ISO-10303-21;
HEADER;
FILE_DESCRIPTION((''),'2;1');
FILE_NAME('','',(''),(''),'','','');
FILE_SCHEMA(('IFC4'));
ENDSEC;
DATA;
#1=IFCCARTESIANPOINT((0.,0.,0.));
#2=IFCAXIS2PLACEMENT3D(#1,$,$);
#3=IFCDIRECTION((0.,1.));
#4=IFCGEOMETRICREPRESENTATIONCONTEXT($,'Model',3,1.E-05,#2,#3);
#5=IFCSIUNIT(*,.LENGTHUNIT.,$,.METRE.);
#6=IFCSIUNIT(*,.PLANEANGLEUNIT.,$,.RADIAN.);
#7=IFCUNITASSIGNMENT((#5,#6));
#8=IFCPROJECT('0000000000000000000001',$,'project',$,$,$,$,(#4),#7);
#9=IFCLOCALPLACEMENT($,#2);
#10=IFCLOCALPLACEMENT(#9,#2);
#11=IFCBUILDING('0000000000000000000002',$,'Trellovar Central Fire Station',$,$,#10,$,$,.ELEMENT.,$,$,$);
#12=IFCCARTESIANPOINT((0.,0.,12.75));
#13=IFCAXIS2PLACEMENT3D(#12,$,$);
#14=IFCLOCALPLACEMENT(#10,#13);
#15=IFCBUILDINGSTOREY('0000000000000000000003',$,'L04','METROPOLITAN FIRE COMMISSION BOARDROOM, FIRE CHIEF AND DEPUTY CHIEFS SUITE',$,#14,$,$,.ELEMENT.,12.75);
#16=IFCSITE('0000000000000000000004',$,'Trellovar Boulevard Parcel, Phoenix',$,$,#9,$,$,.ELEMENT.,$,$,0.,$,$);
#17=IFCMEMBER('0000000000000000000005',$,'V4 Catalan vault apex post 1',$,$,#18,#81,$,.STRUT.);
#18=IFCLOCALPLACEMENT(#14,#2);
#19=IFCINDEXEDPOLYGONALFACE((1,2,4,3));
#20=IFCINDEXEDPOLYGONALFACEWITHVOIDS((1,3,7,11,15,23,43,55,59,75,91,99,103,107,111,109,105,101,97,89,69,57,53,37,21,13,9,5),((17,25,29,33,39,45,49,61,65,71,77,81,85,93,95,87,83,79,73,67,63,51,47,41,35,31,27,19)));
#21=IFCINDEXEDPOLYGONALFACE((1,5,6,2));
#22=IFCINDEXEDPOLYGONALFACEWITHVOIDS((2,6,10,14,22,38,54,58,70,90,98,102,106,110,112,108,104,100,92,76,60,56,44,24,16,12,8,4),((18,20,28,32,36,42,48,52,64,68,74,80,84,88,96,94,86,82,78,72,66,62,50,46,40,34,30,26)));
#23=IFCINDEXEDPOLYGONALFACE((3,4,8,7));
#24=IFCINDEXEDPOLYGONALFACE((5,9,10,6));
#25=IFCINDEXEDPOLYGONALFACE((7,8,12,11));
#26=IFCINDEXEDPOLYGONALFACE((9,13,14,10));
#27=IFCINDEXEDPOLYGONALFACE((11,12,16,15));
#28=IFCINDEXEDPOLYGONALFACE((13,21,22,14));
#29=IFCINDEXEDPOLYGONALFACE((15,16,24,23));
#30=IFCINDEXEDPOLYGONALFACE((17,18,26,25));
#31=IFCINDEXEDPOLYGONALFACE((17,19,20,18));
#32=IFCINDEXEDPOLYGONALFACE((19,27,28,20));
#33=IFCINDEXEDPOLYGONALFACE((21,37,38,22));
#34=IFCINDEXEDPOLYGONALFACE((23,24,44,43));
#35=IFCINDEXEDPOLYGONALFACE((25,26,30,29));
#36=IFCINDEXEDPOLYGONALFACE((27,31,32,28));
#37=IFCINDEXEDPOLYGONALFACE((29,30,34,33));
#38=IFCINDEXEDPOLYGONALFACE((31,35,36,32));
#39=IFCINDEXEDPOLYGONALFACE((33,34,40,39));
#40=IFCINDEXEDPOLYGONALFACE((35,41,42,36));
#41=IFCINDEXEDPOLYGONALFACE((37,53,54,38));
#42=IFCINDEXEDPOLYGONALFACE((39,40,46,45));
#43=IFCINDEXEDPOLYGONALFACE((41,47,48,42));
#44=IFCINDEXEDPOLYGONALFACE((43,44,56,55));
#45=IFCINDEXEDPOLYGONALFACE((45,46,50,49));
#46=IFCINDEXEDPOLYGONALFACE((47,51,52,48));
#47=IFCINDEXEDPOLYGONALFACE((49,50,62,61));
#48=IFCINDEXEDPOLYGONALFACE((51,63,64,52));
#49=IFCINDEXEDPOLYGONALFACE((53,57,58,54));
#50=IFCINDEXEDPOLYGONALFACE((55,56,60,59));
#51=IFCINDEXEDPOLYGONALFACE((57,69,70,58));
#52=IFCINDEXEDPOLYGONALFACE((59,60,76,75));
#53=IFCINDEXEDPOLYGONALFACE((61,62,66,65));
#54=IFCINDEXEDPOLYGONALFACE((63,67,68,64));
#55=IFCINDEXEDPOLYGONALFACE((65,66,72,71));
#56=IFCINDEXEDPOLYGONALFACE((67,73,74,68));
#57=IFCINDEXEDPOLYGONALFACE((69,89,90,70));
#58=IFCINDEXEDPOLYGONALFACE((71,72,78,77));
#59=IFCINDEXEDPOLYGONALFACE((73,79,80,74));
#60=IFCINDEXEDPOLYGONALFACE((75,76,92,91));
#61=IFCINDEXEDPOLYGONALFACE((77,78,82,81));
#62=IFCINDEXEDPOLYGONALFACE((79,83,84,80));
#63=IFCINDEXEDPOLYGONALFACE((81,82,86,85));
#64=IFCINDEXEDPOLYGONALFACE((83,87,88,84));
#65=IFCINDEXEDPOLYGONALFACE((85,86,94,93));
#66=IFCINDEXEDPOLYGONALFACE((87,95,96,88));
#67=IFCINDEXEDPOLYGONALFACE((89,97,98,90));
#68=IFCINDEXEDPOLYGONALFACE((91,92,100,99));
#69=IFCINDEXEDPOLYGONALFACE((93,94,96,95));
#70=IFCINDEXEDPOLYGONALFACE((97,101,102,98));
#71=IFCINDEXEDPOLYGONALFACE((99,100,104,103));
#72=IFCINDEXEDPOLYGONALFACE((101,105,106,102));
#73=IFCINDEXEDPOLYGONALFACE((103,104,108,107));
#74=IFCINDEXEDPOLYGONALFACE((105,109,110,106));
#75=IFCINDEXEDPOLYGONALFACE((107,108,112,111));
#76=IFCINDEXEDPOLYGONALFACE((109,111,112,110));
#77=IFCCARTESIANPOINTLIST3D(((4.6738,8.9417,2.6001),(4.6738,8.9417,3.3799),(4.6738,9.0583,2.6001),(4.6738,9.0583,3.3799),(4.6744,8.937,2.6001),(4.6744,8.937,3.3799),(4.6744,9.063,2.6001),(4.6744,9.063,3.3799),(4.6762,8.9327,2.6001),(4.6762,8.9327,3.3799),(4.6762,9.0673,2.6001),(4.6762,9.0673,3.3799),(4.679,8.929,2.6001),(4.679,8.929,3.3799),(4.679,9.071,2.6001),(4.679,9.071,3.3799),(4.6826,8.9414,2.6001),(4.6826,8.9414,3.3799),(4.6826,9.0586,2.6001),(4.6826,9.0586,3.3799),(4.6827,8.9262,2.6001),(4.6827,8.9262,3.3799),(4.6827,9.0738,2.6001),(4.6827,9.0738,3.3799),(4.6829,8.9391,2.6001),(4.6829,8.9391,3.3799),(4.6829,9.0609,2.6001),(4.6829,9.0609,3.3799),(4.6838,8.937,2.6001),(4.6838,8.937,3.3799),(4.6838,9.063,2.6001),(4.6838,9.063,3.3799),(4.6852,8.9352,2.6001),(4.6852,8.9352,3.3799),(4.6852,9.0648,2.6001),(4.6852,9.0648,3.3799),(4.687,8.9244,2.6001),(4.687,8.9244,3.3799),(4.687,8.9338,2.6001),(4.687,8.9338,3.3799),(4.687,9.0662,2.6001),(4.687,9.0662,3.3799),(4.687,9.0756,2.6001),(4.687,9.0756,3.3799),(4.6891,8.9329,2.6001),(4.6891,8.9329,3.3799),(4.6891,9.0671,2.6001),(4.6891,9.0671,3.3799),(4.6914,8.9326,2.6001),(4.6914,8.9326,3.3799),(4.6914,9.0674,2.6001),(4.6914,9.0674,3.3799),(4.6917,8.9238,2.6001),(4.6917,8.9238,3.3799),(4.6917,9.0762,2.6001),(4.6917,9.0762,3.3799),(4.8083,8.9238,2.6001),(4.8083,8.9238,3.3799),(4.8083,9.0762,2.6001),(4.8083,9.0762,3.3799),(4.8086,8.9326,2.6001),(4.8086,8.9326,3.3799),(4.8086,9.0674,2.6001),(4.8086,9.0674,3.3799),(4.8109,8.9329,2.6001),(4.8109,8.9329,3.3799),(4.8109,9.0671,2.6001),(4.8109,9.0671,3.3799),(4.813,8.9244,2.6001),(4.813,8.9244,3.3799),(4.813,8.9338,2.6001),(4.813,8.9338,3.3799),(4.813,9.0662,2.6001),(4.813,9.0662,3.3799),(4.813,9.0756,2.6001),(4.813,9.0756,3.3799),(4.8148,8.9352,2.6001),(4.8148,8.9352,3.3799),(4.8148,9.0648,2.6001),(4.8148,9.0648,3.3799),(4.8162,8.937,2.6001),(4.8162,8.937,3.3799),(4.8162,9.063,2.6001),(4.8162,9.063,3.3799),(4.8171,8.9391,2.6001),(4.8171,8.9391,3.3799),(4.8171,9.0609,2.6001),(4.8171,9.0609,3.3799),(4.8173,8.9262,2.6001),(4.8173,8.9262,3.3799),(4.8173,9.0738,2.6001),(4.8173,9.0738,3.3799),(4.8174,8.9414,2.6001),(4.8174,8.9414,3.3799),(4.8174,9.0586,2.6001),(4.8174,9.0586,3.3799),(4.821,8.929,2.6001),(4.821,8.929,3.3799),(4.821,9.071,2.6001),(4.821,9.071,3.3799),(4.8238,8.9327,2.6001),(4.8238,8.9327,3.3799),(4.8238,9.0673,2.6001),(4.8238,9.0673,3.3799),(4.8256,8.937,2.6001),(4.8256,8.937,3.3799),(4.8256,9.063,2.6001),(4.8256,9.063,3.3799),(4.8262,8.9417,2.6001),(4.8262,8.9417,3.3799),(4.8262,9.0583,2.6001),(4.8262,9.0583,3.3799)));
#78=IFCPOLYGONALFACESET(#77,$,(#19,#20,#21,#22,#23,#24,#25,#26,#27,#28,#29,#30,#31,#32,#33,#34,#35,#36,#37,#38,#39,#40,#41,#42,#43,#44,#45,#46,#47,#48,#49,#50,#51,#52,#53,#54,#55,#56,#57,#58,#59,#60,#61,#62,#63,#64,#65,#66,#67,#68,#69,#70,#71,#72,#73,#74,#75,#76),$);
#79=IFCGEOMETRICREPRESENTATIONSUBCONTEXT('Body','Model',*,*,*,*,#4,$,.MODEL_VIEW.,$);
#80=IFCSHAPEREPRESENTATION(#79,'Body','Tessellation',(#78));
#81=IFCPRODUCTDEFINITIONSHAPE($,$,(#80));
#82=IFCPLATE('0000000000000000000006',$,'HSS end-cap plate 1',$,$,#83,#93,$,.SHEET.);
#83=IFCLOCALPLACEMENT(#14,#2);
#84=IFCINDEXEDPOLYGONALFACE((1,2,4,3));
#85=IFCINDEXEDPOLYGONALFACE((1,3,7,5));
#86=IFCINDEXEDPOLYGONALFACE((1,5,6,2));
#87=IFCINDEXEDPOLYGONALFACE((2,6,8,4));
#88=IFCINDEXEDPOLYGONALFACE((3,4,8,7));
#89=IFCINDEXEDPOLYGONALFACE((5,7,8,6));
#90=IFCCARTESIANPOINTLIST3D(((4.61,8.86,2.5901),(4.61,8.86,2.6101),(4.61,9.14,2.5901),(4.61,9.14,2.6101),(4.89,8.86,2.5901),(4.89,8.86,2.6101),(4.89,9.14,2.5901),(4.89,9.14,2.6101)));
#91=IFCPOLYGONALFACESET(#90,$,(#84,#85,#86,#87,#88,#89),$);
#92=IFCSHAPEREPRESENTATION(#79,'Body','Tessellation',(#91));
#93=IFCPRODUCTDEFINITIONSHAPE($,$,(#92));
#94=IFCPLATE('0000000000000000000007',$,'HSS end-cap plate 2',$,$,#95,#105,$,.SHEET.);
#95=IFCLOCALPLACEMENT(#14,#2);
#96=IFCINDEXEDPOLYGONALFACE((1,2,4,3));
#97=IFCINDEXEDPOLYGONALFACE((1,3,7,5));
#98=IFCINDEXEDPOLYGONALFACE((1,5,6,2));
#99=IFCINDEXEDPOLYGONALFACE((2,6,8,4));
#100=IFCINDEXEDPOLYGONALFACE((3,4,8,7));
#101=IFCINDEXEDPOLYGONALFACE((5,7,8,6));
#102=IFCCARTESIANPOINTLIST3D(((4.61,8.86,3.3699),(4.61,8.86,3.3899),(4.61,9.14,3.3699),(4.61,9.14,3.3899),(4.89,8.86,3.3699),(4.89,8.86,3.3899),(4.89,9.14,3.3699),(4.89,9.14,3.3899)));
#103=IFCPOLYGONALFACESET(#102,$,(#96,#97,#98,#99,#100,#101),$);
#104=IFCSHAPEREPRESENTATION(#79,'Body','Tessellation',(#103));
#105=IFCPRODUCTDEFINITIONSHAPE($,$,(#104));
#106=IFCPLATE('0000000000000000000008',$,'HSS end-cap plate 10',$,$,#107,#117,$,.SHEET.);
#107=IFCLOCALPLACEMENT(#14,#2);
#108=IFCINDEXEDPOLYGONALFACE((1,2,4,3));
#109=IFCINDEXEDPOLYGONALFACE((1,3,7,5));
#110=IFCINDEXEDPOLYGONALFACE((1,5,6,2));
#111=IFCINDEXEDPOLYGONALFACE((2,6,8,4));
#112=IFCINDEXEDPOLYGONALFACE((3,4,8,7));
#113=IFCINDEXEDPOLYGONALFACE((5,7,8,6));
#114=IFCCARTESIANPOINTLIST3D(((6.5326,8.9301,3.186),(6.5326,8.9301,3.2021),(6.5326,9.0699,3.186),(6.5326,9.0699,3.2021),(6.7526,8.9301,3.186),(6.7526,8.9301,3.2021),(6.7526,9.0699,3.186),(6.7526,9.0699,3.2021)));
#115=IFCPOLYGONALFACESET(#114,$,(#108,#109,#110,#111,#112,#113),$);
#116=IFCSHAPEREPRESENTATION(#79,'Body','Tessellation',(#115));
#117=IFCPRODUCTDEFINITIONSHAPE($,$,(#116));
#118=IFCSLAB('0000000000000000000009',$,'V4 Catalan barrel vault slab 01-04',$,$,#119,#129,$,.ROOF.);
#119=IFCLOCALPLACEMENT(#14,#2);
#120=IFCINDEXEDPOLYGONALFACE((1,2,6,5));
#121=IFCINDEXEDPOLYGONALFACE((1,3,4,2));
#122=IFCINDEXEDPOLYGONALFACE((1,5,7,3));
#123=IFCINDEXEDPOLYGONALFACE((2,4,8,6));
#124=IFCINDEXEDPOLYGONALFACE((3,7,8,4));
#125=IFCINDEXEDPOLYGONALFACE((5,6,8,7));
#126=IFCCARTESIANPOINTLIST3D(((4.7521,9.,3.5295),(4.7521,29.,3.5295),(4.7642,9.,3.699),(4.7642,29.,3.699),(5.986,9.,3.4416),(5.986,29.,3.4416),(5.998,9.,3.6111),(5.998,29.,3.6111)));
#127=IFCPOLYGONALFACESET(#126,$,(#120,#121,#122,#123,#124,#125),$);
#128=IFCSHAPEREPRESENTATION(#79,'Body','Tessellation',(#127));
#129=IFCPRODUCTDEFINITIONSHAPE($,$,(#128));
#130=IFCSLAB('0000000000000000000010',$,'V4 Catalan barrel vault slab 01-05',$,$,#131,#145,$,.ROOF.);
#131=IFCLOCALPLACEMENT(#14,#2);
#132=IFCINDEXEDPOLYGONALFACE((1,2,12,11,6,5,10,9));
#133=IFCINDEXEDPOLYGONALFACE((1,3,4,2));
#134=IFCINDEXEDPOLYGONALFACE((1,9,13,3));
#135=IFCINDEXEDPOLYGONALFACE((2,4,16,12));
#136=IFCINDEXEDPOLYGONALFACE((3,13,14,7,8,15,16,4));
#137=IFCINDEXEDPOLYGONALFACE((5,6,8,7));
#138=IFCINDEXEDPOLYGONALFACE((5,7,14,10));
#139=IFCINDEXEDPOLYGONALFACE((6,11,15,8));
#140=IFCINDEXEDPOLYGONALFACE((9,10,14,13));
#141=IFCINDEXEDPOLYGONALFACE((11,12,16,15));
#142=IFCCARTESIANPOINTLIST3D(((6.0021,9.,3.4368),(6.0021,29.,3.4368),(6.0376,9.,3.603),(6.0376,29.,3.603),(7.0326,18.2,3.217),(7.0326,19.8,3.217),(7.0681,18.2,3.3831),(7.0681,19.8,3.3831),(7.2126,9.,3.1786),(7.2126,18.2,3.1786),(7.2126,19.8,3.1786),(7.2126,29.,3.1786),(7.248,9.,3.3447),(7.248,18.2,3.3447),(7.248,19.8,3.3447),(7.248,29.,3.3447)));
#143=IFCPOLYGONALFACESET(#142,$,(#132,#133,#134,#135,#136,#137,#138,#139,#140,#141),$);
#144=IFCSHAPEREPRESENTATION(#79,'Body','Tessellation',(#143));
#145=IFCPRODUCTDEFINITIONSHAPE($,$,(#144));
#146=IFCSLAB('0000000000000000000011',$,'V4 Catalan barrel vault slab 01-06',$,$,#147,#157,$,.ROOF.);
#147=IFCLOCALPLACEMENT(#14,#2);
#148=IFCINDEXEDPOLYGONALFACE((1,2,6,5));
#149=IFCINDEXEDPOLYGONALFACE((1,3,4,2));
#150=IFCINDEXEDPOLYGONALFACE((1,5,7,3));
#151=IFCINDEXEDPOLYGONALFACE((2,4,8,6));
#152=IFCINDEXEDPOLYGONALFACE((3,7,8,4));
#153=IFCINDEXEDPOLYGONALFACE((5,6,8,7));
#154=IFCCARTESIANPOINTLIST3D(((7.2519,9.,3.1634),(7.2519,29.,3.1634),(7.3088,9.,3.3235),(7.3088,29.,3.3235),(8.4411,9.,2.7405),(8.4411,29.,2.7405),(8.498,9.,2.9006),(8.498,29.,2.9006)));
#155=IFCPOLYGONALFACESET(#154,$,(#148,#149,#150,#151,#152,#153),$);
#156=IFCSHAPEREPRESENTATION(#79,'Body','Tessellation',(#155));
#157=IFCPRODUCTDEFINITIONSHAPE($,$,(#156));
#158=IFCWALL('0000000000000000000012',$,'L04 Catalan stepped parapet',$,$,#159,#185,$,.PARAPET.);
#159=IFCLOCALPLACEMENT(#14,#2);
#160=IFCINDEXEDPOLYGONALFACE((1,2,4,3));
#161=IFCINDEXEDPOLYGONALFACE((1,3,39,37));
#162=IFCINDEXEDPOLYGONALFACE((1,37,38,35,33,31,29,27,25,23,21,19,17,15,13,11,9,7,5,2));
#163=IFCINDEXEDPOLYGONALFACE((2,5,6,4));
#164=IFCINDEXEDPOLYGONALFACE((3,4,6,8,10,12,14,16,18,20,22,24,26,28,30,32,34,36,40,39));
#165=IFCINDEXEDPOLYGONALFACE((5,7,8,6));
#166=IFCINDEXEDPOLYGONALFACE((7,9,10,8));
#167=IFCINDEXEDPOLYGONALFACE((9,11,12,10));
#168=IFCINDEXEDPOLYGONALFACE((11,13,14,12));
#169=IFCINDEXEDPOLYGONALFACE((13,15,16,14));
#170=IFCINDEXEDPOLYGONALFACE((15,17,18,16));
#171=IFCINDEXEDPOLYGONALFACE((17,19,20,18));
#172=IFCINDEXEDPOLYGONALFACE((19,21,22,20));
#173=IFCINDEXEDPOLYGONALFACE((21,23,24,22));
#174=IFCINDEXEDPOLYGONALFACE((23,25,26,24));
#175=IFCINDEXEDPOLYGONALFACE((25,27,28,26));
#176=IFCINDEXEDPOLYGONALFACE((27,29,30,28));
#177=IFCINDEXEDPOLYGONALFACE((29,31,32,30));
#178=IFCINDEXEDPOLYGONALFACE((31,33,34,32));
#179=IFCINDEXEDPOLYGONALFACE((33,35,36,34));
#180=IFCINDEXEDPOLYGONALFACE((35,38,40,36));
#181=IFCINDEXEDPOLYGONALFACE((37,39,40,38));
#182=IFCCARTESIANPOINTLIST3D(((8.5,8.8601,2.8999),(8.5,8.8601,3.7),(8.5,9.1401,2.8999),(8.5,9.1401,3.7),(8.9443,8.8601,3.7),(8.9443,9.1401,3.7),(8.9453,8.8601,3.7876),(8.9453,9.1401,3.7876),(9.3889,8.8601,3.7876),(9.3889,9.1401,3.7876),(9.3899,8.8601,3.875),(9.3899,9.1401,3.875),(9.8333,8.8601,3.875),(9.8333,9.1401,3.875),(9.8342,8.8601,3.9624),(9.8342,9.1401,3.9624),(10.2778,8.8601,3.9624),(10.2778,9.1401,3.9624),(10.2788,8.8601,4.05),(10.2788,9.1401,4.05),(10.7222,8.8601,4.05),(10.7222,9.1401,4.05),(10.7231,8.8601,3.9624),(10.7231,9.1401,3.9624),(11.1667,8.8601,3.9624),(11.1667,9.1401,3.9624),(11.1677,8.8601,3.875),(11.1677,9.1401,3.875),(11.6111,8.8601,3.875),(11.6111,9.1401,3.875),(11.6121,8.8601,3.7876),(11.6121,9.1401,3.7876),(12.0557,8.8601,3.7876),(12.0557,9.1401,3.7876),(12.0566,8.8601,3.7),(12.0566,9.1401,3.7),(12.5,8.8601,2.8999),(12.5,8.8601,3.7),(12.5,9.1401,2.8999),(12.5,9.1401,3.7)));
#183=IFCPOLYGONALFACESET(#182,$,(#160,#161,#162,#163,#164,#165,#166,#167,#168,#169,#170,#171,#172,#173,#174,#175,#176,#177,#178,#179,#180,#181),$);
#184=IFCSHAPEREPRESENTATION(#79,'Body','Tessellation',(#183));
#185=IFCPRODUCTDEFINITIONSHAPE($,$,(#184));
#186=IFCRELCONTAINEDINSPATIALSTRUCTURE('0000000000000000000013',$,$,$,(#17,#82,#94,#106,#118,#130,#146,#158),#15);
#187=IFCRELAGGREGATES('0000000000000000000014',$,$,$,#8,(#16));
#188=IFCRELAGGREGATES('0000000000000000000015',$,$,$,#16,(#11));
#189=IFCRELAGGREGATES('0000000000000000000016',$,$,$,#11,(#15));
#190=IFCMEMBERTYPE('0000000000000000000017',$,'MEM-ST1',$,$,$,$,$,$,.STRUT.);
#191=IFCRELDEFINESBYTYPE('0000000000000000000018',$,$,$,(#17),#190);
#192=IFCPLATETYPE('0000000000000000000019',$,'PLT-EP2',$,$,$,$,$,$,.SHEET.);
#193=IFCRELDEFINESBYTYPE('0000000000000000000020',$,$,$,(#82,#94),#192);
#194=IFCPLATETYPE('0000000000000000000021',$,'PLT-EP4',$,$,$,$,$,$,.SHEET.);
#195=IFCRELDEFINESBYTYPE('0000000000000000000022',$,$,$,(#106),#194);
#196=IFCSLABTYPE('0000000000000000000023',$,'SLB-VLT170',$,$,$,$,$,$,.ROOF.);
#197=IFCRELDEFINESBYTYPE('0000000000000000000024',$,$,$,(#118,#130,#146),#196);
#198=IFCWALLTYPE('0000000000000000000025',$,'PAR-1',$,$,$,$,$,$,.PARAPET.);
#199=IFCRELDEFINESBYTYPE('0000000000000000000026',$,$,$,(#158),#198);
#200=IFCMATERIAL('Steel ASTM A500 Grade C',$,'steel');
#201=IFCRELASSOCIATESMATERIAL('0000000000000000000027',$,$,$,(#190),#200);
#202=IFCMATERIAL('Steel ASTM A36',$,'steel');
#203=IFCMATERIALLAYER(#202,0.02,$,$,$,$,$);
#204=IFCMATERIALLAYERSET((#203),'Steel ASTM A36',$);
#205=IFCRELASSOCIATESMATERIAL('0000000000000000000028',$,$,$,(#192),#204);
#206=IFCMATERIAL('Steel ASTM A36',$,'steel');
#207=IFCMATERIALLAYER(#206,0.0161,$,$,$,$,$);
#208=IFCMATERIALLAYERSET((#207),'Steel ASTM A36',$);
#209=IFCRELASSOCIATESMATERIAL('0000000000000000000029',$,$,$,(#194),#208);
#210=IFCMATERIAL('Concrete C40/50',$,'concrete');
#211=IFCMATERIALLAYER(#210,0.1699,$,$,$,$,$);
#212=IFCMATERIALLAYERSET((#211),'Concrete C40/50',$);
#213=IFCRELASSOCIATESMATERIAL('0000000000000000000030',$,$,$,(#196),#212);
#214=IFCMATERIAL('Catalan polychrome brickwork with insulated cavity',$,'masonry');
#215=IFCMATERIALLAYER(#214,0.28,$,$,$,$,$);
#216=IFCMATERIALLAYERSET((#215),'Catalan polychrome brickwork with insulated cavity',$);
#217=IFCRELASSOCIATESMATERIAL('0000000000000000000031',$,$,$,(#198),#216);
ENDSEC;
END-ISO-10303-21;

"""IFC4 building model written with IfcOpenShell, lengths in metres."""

from ifc_helpers import new_model, si_unit, direction, frame, origin, origin_2d, place, context, subcontext, project, spatial, polyline, rectangle, hollow_rectangle, outline, extrude, material, layer, layer_set, material_profile, profile_set, type_object, element, save


model = new_model("IFC4")

# Units and contexts
model_context = context("Model", 3, precision=1e-05, world=origin(), true_north=direction((0.0, 1.0)))
body_context = subcontext(model_context, "Body", "Model", "MODEL_VIEW")
ifc_project = project(units=[si_unit("LENGTHUNIT", "METRE"), si_unit("PLANEANGLEUNIT", "RADIAN")], contexts=[model_context])

# Site, building, storey
site_placement = place(None, origin())
site = spatial("IfcSite", under=ifc_project, at=site_placement, Name="Trellovar Boulevard Parcel, Phoenix", CompositionType="ELEMENT", RefElevation=0.0)
building_placement = place(site_placement, origin())
building = spatial("IfcBuilding", under=site, at=building_placement, Name="Trellovar Central Fire Station", CompositionType="ELEMENT")
storey_placement = place(building_placement, frame((0.0, 0.0, 12.75)))
storey = spatial("IfcBuildingStorey", under=building, at=storey_placement, Name="L04", Description="METROPOLITAN FIRE COMMISSION BOARDROOM, FIRE CHIEF AND DEPUTY CHIEFS SUITE", CompositionType="ELEMENT", Elevation=12.75)

# Member
ifc_material_1 = material(Name="Steel ASTM A500 Grade C", Category="steel")
ifc_material_profile_1 = material_profile(ifc_material_1, hollow_rectangle(XDim=0.1523, YDim=0.1523, WallThickness=0.0088, InnerFilletRadius=0.0088, OuterFilletRadius=0.0178, at=origin_2d()), Name="HSS6X6X3/8")
ifc_profile_set_1 = profile_set([ifc_material_profile_1], Name="Steel ASTM A500 Grade C")
member_type_1 = type_object("IfcMemberType", Name="MEM-ST1", PredefinedType="STRUT", material=ifc_profile_set_1)
member_1_placement = place(storey_placement, frame((4.75, 9.0, 2.6001), z_axis=(0.0, 0.0, 1.0), x_axis=(1.0, 0.0, 0.0)))
element("IfcMember", 1, at=member_1_placement, inside=storey, type_object=member_type_1, Name="V4 Catalan vault apex post 1", PredefinedType="STRUT", context=body_context, shape_type="SweptSolid", body=[
    extrude(hollow_rectangle(XDim=0.1523, YDim=0.1523, WallThickness=0.0088, InnerFilletRadius=0.0088, OuterFilletRadius=0.0178, at=origin_2d()), origin(), (0.0, 0.0, 1.0), 0.7798),
])

# Plates
ifc_material_2 = material(Name="Steel ASTM A36", Category="steel")
ifc_layer_1 = layer(ifc_material_2, 0.02)
ifc_layer_set_1 = layer_set([ifc_layer_1], Name="Steel ASTM A36")
plate_type_1 = type_object("IfcPlateType", Name="PLT-EP2", PredefinedType="SHEET", material=ifc_layer_set_1)
for number, where, z_axis, x_axis, name in (
    (2, (4.75, 9.0, 2.5901), (0.0, 0.0, 1.0), (1.0, 0.0, 0.0), "HSS end-cap plate 1"),
    (3, (4.75, 9.0, 3.3699), (0.0, 0.0, 1.0), (1.0, 0.0, 0.0), "HSS end-cap plate 2"),
):
    element("IfcPlate", number, at=place(storey_placement, frame(where, z_axis=z_axis, x_axis=x_axis)), inside=storey, type_object=plate_type_1, Name=name, PredefinedType="SHEET", context=body_context, shape_type="SweptSolid", body=[
        extrude(rectangle(XDim=0.28, YDim=0.28, at=origin_2d()), origin(), (0.0, 0.0, 1.0), 0.02),
    ])
ifc_material_3 = material(Name="Steel ASTM A36", Category="steel")
ifc_layer_2 = layer(ifc_material_3, 0.0161)
ifc_layer_set_2 = layer_set([ifc_layer_2], Name="Steel ASTM A36")
plate_type_2 = type_object("IfcPlateType", Name="PLT-EP4", PredefinedType="SHEET", material=ifc_layer_set_2)
plate_placement = place(storey_placement, frame((6.6426, 9.0, 3.186), z_axis=(0.0, 0.0, 1.0), x_axis=(1.0, 0.0, 0.0)))
element("IfcPlate", 4, at=plate_placement, inside=storey, type_object=plate_type_2, Name="HSS end-cap plate 10", PredefinedType="SHEET", context=body_context, shape_type="SweptSolid", body=[
    extrude(rectangle(XDim=0.22, YDim=0.1399, at=origin_2d()), origin(), (0.0, 0.0, 1.0), 0.0161),
])

# Slabs
ifc_material_4 = material(Name="Concrete C40/50", Category="concrete")
ifc_layer_3 = layer(ifc_material_4, 0.1699)
ifc_layer_set_3 = layer_set([ifc_layer_3], Name="Concrete C40/50")
slab_type = type_object("IfcSlabType", Name="SLB-VLT170", PredefinedType="ROOF", material=ifc_layer_set_3)
slab_1_placement = place(storey_placement, frame((4.7642, 9.0, 3.699), z_axis=(0.071051, 0.0, 0.997473), x_axis=(0.997473, 0.0, -0.071051)))
element("IfcSlab", 5, at=slab_1_placement, inside=storey, type_object=slab_type, Name="V4 Catalan barrel vault slab 01-04", PredefinedType="ROOF", context=body_context, shape_type="SweptSolid", body=[
    extrude(outline(polyline([(0.0, 0.0), (1.237, 0.0), (1.237, 20.0), (0.0, 20.0), (0.0, 0.0)])), origin(), (0.0, 0.0, -1.0), 0.1699),
])
slab_2_placement = place(storey_placement, frame((6.0376, 9.0, 3.603), z_axis=(0.208683, 0.0, 0.977983), x_axis=(0.977983, 0.0, -0.208683)))
element("IfcSlab", 6, at=slab_2_placement, inside=storey, type_object=slab_type, Name="V4 Catalan barrel vault slab 01-05", PredefinedType="ROOF", context=body_context, shape_type="SweptSolid", body=[
    extrude(outline(polyline([(0.0, 0.0), (1.2377, 0.0), (1.2377, 9.2), (1.0537, 9.2), (1.0537, 10.8), (1.2377, 10.8), (1.2377, 20.0), (0.0, 20.0), (0.0, 0.0)])), origin(), (0.0, 0.0, -1.0), 0.1699),
])
slab_3_placement = place(storey_placement, frame((7.3088, 9.0, 3.3235), z_axis=(0.335025, 0.0, 0.942209), x_axis=(0.942209, 0.0, -0.335025)))
element("IfcSlab", 7, at=slab_3_placement, inside=storey, type_object=slab_type, Name="V4 Catalan barrel vault slab 01-06", PredefinedType="ROOF", context=body_context, shape_type="SweptSolid", body=[
    extrude(outline(polyline([(0.0, 0.0), (1.2621, 0.0), (1.2621, 20.0), (0.0, 20.0), (0.0, 0.0)])), origin(), (0.0, 0.0, -1.0), 0.1699),
])

# Wall
ifc_material_5 = material(Name="Catalan polychrome brickwork with insulated cavity", Category="masonry")
ifc_layer_4 = layer(ifc_material_5, 0.28)
ifc_layer_set_4 = layer_set([ifc_layer_4], Name="Catalan polychrome brickwork with insulated cavity")
wall_type_1 = type_object("IfcWallType", Name="PAR-1", PredefinedType="PARAPET", material=ifc_layer_set_4)
wall_1_placement = place(storey_placement, frame((8.5, 9.0, 2.8999), z_axis=(0.0, 0.0, 1.0), x_axis=(1.0, 0.0, 0.0)))
element("IfcWall", 8, at=wall_1_placement, inside=storey, type_object=wall_type_1, Name="L04 Catalan stepped parapet", PredefinedType="PARAPET", context=body_context, shape_type="SweptSolid", body=[
    extrude(outline(polyline([(0.0, 0.0), (4.0, 0.0), (4.0, 0.8), (3.5566, 0.8), (3.5557, 0.8877), (3.1121, 0.8877), (3.1111, 0.9751), (2.6677, 0.9751), (2.6667, 1.0625), (2.2231, 1.0625), (2.2222, 1.1501), (1.7788, 1.1501), (1.7778, 1.0625), (1.3342, 1.0625), (1.3333, 0.9751), (0.8899, 0.9751), (0.8889, 0.8877), (0.4453, 0.8877), (0.4443, 0.8), (0.0, 0.8), (0.0, 0.0)])), frame((0.0, 0.1401, 0.0), z_axis=(0.0, -1.0, 0.0), x_axis=(1.0, 0.0, 0.0)), (0.0, 0.0, 1.0), 0.28),
])

save(model, "model.ifc")
